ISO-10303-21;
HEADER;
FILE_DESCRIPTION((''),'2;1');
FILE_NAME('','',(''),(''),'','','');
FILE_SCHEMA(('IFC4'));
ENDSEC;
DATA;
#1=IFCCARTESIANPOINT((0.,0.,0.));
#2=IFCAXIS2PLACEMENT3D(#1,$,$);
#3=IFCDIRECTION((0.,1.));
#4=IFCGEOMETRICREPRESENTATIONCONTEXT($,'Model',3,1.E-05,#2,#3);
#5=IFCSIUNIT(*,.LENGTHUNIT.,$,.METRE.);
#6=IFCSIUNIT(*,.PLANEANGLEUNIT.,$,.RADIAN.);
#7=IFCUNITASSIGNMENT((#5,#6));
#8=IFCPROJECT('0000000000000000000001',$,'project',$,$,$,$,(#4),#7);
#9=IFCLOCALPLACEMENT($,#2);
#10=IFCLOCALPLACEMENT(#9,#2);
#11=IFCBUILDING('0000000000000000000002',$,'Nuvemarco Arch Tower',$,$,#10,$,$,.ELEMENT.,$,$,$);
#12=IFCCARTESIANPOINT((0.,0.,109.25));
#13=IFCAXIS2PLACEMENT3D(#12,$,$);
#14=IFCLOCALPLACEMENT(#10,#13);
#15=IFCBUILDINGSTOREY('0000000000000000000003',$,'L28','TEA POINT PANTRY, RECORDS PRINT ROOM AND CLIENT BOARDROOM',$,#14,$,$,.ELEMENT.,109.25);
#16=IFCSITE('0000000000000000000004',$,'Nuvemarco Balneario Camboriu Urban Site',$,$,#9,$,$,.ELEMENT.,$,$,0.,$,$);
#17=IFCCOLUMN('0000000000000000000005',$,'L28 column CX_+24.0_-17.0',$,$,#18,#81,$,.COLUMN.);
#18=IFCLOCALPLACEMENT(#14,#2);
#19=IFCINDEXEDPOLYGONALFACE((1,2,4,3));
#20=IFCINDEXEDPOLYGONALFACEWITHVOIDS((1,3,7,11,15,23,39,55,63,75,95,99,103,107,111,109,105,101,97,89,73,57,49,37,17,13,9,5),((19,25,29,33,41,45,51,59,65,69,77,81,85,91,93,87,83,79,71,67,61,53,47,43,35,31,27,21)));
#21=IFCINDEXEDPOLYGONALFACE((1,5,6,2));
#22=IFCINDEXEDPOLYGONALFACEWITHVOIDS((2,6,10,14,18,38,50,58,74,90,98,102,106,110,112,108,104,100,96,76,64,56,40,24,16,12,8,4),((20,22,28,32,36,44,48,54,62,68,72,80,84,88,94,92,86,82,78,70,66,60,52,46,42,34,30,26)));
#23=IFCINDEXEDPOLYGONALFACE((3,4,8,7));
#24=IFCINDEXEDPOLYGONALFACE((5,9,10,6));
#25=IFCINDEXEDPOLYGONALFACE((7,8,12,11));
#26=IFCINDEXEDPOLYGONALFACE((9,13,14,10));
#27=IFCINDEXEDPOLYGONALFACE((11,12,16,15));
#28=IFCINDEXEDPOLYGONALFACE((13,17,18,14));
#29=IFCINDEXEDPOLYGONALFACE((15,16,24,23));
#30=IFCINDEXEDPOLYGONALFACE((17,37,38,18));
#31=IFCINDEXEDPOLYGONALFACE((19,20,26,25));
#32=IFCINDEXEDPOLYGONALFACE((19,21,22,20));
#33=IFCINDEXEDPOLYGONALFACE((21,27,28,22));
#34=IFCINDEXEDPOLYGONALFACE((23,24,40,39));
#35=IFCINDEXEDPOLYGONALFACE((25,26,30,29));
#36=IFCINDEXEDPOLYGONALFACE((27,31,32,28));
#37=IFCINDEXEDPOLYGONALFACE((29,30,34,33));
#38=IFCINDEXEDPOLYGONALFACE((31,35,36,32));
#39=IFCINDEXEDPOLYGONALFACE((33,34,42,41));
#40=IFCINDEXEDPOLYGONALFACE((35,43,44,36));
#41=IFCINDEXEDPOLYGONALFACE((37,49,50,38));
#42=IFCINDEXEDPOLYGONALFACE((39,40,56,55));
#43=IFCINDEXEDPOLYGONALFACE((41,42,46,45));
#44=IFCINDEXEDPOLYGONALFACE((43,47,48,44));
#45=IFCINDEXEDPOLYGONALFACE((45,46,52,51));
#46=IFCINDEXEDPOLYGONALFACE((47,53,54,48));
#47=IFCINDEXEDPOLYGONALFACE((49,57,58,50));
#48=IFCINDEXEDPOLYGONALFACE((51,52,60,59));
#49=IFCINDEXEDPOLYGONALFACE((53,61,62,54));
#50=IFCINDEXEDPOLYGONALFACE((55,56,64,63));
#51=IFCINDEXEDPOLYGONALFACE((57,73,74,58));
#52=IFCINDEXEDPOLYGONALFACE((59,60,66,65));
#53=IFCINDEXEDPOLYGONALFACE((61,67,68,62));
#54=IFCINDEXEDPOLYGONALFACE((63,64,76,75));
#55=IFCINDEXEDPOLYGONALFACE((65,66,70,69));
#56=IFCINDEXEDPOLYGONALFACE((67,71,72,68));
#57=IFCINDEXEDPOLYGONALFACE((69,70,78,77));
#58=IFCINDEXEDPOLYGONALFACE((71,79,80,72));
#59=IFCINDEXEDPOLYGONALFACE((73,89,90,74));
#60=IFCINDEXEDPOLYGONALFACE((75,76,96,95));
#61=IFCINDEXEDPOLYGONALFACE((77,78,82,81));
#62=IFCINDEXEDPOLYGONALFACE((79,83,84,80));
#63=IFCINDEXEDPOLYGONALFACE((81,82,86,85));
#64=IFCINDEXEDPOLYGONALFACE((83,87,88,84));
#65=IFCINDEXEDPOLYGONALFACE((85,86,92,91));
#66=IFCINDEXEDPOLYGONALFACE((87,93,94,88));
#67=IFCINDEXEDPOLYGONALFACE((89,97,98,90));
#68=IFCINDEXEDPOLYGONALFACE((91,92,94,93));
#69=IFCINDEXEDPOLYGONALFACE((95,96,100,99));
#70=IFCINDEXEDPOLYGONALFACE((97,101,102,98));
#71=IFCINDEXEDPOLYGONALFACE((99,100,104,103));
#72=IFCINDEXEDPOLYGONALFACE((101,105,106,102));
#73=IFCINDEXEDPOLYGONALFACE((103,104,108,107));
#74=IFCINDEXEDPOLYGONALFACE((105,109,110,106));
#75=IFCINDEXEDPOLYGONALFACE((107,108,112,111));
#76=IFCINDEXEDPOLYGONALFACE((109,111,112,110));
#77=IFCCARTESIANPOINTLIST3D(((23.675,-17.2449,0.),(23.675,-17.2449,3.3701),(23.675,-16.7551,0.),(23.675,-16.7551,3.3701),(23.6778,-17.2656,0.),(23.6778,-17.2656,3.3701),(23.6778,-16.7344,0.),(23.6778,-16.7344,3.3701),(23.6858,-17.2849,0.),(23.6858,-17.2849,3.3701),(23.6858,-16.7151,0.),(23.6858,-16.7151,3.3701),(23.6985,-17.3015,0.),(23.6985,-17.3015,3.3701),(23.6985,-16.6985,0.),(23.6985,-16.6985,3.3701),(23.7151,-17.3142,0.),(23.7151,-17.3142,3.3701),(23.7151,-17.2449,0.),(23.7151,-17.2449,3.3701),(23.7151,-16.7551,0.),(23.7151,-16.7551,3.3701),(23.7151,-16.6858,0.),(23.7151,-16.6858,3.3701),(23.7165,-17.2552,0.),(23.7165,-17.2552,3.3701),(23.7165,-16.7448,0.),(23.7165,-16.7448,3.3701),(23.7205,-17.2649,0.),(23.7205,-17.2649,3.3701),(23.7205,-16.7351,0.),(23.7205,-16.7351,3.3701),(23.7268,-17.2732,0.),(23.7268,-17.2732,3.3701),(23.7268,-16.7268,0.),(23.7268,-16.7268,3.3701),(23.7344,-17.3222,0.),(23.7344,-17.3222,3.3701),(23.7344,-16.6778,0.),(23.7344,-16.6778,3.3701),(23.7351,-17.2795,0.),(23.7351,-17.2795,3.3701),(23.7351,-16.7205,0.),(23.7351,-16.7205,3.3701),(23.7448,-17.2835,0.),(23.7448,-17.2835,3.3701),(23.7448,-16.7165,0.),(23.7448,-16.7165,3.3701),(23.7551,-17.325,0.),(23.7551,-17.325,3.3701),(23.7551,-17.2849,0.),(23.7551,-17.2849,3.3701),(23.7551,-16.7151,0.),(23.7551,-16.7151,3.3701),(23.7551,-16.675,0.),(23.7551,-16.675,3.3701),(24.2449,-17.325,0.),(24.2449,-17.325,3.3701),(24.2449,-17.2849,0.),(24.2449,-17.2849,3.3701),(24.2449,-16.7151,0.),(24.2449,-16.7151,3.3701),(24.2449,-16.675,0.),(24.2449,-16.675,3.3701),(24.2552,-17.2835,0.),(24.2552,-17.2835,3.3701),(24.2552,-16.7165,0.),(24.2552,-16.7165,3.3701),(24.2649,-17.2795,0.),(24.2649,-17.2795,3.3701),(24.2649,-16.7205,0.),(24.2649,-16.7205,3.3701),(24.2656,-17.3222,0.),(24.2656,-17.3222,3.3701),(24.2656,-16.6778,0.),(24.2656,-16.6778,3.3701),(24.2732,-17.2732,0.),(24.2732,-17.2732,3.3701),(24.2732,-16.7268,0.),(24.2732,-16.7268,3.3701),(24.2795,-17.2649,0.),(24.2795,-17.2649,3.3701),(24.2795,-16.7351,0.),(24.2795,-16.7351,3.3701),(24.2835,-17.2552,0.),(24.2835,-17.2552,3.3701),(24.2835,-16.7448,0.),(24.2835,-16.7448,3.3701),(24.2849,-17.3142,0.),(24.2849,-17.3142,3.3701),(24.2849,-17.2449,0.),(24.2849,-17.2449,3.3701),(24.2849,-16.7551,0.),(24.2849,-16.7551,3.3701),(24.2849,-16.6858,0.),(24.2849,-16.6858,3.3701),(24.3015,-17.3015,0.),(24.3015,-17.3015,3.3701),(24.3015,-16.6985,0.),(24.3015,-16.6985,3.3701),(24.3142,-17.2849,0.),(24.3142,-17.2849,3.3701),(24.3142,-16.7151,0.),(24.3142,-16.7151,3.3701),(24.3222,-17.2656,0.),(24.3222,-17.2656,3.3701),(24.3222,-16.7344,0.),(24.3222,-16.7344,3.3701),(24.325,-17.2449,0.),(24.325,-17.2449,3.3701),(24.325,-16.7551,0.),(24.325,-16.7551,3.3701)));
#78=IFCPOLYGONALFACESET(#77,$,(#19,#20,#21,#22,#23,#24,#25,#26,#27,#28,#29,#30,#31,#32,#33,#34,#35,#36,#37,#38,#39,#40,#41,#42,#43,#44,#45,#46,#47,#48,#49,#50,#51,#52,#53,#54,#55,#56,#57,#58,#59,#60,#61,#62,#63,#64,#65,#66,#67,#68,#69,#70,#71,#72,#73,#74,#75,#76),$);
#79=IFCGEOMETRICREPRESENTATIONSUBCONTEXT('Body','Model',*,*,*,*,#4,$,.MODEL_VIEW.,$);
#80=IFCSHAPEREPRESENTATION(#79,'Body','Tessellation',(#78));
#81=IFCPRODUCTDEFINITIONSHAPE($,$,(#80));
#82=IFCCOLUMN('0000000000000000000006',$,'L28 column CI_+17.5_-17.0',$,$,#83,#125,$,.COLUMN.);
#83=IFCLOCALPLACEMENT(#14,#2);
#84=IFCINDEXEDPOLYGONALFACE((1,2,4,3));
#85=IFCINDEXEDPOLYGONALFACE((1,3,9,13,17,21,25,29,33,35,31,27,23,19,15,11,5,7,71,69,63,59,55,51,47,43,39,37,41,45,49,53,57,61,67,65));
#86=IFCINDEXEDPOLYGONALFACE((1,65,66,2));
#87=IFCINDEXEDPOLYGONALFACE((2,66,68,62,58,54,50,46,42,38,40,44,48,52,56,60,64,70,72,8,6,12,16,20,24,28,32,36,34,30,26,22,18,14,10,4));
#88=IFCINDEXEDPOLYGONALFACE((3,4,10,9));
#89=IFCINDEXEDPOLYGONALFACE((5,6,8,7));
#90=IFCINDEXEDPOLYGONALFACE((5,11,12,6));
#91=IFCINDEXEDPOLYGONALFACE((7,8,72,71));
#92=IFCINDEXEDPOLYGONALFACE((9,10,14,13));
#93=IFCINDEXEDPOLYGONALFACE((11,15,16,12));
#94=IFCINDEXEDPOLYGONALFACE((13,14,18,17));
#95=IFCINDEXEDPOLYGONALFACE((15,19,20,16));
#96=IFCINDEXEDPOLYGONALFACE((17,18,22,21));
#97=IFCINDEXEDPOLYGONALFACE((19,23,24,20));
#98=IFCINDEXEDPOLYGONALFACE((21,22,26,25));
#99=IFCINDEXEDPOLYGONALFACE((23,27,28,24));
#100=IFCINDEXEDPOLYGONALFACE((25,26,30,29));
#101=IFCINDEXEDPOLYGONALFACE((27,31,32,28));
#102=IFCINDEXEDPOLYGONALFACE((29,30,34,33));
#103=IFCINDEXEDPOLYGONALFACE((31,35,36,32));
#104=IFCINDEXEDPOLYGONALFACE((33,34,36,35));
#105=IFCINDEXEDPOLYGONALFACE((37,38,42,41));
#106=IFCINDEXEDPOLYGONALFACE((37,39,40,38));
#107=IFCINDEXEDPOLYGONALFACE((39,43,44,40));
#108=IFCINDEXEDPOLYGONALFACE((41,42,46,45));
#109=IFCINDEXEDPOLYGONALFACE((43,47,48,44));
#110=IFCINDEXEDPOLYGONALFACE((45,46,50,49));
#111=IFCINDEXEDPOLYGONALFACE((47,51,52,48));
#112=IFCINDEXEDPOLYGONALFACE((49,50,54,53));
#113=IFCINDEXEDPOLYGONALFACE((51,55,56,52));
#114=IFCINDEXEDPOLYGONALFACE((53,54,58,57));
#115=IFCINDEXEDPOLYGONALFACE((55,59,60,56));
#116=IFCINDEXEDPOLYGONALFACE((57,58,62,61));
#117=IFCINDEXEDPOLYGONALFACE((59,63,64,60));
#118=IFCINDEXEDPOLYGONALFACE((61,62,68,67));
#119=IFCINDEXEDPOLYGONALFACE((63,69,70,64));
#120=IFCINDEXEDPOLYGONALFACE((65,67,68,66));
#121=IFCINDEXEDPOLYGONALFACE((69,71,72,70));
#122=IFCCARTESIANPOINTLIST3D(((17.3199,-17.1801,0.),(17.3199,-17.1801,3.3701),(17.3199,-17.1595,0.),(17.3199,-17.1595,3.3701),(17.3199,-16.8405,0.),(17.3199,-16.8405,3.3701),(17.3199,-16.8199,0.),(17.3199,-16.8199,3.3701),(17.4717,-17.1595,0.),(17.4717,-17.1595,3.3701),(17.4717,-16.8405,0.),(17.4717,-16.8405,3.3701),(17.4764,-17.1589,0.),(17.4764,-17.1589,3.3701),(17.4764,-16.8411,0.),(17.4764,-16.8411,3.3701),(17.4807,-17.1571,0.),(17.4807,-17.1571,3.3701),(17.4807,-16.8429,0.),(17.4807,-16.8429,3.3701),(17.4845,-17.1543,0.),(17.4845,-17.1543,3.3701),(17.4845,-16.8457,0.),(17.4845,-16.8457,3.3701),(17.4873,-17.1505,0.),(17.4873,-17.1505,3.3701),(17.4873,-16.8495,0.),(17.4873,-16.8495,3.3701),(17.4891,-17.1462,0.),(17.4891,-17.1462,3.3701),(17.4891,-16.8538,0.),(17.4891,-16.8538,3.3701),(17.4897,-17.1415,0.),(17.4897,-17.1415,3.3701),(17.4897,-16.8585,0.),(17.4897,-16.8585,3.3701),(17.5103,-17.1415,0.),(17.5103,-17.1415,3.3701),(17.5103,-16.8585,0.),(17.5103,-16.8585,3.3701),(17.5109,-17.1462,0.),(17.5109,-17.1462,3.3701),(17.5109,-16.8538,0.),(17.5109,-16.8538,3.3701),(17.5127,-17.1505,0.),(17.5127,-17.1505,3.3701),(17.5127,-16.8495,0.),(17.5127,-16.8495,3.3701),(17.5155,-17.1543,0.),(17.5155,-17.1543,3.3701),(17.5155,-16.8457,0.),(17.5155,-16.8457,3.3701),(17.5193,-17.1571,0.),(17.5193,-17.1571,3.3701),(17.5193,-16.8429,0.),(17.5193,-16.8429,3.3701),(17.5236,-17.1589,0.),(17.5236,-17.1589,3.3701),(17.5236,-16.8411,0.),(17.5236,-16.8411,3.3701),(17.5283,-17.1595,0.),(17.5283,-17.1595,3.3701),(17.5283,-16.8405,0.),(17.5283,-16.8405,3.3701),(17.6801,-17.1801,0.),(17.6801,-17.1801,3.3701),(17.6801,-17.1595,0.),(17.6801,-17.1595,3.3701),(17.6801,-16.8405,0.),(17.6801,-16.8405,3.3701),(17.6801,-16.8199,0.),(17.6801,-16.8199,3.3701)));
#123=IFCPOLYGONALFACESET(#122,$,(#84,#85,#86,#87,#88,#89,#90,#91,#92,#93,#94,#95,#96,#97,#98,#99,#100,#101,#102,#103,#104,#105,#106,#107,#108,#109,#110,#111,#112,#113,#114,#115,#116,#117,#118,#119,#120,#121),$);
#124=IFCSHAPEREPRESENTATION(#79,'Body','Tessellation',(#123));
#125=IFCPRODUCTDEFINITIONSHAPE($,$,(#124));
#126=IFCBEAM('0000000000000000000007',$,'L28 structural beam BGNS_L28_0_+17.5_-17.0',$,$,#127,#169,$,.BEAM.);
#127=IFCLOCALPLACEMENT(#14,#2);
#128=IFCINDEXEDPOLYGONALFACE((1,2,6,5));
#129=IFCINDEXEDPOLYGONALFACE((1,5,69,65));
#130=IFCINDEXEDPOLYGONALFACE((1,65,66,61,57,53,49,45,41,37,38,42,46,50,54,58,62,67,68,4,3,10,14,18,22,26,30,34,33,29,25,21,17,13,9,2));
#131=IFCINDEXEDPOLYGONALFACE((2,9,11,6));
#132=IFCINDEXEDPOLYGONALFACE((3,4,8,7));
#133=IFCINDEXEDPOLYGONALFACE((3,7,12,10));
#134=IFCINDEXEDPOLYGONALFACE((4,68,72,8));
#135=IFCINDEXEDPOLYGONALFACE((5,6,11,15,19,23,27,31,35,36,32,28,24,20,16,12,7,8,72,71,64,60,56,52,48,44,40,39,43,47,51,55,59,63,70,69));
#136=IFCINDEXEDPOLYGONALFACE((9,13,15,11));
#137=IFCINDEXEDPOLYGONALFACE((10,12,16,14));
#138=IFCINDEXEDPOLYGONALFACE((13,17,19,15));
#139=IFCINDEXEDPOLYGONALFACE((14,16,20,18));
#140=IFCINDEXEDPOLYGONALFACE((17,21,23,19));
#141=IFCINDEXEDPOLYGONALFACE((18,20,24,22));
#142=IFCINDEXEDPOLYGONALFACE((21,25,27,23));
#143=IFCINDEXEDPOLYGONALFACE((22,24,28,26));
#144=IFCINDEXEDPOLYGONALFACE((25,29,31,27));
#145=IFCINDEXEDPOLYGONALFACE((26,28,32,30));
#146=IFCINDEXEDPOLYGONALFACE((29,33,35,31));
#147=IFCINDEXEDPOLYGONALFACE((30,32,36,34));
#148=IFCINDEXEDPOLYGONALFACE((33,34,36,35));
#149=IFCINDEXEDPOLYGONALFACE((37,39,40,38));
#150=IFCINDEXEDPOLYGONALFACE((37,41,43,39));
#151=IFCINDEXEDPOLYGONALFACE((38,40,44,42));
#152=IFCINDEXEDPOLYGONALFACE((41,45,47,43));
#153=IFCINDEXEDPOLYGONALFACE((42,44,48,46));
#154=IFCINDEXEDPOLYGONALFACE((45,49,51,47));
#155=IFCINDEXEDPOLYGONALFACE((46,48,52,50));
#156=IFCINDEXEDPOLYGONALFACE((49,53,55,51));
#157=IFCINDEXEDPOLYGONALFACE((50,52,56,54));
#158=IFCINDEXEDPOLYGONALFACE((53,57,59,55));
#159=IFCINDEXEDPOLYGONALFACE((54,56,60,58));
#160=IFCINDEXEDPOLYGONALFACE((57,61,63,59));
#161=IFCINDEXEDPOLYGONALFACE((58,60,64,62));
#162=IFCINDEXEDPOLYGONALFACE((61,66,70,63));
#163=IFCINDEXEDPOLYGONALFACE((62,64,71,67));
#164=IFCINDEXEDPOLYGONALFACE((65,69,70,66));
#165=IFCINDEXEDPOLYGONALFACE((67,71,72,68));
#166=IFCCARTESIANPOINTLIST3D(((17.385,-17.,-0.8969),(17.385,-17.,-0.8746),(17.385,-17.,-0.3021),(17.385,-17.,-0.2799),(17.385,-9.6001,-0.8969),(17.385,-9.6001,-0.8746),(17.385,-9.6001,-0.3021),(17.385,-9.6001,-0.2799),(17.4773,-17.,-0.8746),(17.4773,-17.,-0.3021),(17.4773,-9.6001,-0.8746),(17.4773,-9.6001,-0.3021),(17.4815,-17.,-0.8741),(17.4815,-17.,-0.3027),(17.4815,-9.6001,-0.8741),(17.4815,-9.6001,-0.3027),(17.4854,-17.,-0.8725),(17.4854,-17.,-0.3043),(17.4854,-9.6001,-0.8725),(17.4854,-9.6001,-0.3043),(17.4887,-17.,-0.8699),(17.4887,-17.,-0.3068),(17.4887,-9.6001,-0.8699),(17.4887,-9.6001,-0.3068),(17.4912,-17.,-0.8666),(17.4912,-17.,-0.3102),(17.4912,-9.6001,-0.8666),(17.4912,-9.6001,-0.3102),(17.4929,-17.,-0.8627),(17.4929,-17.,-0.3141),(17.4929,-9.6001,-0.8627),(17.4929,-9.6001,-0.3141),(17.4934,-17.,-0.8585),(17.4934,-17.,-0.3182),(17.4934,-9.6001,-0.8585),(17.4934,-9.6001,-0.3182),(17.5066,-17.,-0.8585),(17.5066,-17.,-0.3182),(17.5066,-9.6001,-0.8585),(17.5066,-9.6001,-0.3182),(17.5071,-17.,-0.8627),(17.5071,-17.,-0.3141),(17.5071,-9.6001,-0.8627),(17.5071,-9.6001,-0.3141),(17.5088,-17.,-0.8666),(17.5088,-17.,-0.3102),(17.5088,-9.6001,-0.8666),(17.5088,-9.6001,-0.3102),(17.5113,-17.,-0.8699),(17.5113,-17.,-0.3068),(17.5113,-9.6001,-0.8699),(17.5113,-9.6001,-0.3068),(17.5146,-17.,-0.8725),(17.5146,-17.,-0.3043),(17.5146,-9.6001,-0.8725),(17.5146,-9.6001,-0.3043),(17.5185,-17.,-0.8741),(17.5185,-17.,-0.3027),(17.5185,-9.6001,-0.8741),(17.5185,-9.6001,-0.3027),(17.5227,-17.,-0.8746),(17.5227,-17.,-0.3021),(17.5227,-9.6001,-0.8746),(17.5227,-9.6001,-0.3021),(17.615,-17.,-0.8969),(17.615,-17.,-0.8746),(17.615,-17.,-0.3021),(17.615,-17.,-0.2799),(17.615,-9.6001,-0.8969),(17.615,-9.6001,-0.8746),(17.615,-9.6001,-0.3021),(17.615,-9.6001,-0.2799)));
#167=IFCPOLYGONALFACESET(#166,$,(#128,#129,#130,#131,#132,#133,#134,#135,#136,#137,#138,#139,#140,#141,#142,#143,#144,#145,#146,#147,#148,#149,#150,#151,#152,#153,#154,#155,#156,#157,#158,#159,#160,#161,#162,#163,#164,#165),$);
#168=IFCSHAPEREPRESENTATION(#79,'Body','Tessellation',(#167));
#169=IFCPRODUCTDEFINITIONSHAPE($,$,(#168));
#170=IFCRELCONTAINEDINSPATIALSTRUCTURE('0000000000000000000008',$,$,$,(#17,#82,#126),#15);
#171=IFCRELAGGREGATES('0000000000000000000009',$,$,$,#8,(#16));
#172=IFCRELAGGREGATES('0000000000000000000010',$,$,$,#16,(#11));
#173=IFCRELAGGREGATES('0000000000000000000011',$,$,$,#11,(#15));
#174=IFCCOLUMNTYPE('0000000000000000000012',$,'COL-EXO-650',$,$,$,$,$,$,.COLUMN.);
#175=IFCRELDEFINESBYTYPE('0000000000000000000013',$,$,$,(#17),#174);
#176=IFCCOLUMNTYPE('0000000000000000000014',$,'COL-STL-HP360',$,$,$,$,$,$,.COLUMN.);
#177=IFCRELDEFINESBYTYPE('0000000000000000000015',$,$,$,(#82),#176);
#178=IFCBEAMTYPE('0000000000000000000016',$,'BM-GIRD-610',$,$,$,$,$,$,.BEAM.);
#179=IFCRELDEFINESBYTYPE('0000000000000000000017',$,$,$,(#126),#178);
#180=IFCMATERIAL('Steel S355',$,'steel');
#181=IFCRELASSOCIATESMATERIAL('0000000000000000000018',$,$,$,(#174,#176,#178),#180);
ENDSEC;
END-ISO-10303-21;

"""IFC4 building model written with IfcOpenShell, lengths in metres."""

from ifc_helpers import new_model, si_unit, direction, frame, origin, origin_2d, place, context, subcontext, project, spatial, hollow_rectangle, i_section, extrude, material, material_profile, profile_set, type_object, element, save


model = new_model("IFC4")

# Units and contexts
model_context = context("Model", 3, precision=1e-05, world=origin(), true_north=direction((0.0, 1.0)))
body_context = subcontext(model_context, "Body", "Model", "MODEL_VIEW")
ifc_project = project(units=[si_unit("LENGTHUNIT", "METRE"), si_unit("PLANEANGLEUNIT", "RADIAN")], contexts=[model_context])

# Site, building, storey
site_placement = place(None, origin())
site = spatial("IfcSite", under=ifc_project, at=site_placement, Name="Nuvemarco Balneario Camboriu Urban Site", CompositionType="ELEMENT", RefElevation=0.0)
building_placement = place(site_placement, origin())
building = spatial("IfcBuilding", under=site, at=building_placement, Name="Nuvemarco Arch Tower", CompositionType="ELEMENT")
storey_placement = place(building_placement, frame((0.0, 0.0, 109.25)))
storey = spatial("IfcBuildingStorey", under=building, at=storey_placement, Name="L28", Description="TEA POINT PANTRY, RECORDS PRINT ROOM AND CLIENT BOARDROOM", CompositionType="ELEMENT", Elevation=109.25)

# Columns
ifc_material_1 = material(Name="Steel S355", Category="steel")
ifc_material_profile_1 = material_profile(ifc_material_1, hollow_rectangle(XDim=0.6499, YDim=0.6499, WallThickness=0.04, InnerFilletRadius=0.04, OuterFilletRadius=0.0801, at=origin_2d()), Name="SHS650x650x40")
ifc_profile_set_1 = profile_set([ifc_material_profile_1], Name="Steel S355")
column_type_1 = type_object("IfcColumnType", Name="COL-EXO-650", PredefinedType="COLUMN", material=ifc_profile_set_1)
column_1_placement = place(storey_placement, frame((24.0, -17.0, 0.0), z_axis=(0.0, 0.0, 1.0), x_axis=(1.0, 0.0, 0.0)))
element("IfcColumn", 1, at=column_1_placement, inside=storey, type_object=column_type_1, Name="L28 column CX_+24.0_-17.0", PredefinedType="COLUMN", context=body_context, shape_type="SweptSolid", body=[
    extrude(hollow_rectangle(XDim=0.6499, YDim=0.6499, WallThickness=0.04, InnerFilletRadius=0.04, OuterFilletRadius=0.0801, at=origin_2d()), origin(), (0.0, 0.0, 1.0), 3.3701),
])
ifc_material_profile_2 = material_profile(ifc_material_1, i_section(OverallWidth=0.3601, OverallDepth=0.3601, WebThickness=0.0205, FlangeThickness=0.0205, FilletRadius=0.0181, at=origin_2d()), Name="HP360x174")
ifc_profile_set_2 = profile_set([ifc_material_profile_2], Name="Steel S355")
column_type_2 = type_object("IfcColumnType", Name="COL-STL-HP360", PredefinedType="COLUMN", material=ifc_profile_set_2)
column_2_placement = place(storey_placement, frame((17.5, -17.0, 0.0), z_axis=(0.0, 0.0, 1.0), x_axis=(1.0, 0.0, 0.0)))
element("IfcColumn", 2, at=column_2_placement, inside=storey, type_object=column_type_2, Name="L28 column CI_+17.5_-17.0", PredefinedType="COLUMN", context=body_context, shape_type="SweptSolid", body=[
    extrude(i_section(OverallWidth=0.3601, OverallDepth=0.3601, WebThickness=0.0205, FlangeThickness=0.0205, FilletRadius=0.0181, at=origin_2d()), origin(), (0.0, 0.0, 1.0), 3.3701),
])

# Beam
ifc_material_profile_3 = material_profile(ifc_material_1, i_section(OverallWidth=0.23, OverallDepth=0.6169, WebThickness=0.0132, FlangeThickness=0.0222, FilletRadius=0.0161, at=origin_2d()), Name="W610x140")
ifc_profile_set_3 = profile_set([ifc_material_profile_3], Name="Steel S355")
beam_type_1 = type_object("IfcBeamType", Name="BM-GIRD-610", PredefinedType="BEAM", material=ifc_profile_set_3)
beam_1_placement = place(storey_placement, frame((17.5, -17.0, -0.5884), z_axis=(0.0, 1.0, 0.0), x_axis=(-1.0, 0.0, 0.0)))
element("IfcBeam", 3, at=beam_1_placement, inside=storey, type_object=beam_type_1, Name="L28 structural beam BGNS_L28_0_+17.5_-17.0", PredefinedType="BEAM", context=body_context, shape_type="SweptSolid", body=[
    extrude(i_section(OverallWidth=0.23, OverallDepth=0.6169, WebThickness=0.0132, FlangeThickness=0.0222, FilletRadius=0.0161, at=origin_2d()), origin(), (0.0, 0.0, 1.0), 7.3999),
])

save(model, "model.ifc")
